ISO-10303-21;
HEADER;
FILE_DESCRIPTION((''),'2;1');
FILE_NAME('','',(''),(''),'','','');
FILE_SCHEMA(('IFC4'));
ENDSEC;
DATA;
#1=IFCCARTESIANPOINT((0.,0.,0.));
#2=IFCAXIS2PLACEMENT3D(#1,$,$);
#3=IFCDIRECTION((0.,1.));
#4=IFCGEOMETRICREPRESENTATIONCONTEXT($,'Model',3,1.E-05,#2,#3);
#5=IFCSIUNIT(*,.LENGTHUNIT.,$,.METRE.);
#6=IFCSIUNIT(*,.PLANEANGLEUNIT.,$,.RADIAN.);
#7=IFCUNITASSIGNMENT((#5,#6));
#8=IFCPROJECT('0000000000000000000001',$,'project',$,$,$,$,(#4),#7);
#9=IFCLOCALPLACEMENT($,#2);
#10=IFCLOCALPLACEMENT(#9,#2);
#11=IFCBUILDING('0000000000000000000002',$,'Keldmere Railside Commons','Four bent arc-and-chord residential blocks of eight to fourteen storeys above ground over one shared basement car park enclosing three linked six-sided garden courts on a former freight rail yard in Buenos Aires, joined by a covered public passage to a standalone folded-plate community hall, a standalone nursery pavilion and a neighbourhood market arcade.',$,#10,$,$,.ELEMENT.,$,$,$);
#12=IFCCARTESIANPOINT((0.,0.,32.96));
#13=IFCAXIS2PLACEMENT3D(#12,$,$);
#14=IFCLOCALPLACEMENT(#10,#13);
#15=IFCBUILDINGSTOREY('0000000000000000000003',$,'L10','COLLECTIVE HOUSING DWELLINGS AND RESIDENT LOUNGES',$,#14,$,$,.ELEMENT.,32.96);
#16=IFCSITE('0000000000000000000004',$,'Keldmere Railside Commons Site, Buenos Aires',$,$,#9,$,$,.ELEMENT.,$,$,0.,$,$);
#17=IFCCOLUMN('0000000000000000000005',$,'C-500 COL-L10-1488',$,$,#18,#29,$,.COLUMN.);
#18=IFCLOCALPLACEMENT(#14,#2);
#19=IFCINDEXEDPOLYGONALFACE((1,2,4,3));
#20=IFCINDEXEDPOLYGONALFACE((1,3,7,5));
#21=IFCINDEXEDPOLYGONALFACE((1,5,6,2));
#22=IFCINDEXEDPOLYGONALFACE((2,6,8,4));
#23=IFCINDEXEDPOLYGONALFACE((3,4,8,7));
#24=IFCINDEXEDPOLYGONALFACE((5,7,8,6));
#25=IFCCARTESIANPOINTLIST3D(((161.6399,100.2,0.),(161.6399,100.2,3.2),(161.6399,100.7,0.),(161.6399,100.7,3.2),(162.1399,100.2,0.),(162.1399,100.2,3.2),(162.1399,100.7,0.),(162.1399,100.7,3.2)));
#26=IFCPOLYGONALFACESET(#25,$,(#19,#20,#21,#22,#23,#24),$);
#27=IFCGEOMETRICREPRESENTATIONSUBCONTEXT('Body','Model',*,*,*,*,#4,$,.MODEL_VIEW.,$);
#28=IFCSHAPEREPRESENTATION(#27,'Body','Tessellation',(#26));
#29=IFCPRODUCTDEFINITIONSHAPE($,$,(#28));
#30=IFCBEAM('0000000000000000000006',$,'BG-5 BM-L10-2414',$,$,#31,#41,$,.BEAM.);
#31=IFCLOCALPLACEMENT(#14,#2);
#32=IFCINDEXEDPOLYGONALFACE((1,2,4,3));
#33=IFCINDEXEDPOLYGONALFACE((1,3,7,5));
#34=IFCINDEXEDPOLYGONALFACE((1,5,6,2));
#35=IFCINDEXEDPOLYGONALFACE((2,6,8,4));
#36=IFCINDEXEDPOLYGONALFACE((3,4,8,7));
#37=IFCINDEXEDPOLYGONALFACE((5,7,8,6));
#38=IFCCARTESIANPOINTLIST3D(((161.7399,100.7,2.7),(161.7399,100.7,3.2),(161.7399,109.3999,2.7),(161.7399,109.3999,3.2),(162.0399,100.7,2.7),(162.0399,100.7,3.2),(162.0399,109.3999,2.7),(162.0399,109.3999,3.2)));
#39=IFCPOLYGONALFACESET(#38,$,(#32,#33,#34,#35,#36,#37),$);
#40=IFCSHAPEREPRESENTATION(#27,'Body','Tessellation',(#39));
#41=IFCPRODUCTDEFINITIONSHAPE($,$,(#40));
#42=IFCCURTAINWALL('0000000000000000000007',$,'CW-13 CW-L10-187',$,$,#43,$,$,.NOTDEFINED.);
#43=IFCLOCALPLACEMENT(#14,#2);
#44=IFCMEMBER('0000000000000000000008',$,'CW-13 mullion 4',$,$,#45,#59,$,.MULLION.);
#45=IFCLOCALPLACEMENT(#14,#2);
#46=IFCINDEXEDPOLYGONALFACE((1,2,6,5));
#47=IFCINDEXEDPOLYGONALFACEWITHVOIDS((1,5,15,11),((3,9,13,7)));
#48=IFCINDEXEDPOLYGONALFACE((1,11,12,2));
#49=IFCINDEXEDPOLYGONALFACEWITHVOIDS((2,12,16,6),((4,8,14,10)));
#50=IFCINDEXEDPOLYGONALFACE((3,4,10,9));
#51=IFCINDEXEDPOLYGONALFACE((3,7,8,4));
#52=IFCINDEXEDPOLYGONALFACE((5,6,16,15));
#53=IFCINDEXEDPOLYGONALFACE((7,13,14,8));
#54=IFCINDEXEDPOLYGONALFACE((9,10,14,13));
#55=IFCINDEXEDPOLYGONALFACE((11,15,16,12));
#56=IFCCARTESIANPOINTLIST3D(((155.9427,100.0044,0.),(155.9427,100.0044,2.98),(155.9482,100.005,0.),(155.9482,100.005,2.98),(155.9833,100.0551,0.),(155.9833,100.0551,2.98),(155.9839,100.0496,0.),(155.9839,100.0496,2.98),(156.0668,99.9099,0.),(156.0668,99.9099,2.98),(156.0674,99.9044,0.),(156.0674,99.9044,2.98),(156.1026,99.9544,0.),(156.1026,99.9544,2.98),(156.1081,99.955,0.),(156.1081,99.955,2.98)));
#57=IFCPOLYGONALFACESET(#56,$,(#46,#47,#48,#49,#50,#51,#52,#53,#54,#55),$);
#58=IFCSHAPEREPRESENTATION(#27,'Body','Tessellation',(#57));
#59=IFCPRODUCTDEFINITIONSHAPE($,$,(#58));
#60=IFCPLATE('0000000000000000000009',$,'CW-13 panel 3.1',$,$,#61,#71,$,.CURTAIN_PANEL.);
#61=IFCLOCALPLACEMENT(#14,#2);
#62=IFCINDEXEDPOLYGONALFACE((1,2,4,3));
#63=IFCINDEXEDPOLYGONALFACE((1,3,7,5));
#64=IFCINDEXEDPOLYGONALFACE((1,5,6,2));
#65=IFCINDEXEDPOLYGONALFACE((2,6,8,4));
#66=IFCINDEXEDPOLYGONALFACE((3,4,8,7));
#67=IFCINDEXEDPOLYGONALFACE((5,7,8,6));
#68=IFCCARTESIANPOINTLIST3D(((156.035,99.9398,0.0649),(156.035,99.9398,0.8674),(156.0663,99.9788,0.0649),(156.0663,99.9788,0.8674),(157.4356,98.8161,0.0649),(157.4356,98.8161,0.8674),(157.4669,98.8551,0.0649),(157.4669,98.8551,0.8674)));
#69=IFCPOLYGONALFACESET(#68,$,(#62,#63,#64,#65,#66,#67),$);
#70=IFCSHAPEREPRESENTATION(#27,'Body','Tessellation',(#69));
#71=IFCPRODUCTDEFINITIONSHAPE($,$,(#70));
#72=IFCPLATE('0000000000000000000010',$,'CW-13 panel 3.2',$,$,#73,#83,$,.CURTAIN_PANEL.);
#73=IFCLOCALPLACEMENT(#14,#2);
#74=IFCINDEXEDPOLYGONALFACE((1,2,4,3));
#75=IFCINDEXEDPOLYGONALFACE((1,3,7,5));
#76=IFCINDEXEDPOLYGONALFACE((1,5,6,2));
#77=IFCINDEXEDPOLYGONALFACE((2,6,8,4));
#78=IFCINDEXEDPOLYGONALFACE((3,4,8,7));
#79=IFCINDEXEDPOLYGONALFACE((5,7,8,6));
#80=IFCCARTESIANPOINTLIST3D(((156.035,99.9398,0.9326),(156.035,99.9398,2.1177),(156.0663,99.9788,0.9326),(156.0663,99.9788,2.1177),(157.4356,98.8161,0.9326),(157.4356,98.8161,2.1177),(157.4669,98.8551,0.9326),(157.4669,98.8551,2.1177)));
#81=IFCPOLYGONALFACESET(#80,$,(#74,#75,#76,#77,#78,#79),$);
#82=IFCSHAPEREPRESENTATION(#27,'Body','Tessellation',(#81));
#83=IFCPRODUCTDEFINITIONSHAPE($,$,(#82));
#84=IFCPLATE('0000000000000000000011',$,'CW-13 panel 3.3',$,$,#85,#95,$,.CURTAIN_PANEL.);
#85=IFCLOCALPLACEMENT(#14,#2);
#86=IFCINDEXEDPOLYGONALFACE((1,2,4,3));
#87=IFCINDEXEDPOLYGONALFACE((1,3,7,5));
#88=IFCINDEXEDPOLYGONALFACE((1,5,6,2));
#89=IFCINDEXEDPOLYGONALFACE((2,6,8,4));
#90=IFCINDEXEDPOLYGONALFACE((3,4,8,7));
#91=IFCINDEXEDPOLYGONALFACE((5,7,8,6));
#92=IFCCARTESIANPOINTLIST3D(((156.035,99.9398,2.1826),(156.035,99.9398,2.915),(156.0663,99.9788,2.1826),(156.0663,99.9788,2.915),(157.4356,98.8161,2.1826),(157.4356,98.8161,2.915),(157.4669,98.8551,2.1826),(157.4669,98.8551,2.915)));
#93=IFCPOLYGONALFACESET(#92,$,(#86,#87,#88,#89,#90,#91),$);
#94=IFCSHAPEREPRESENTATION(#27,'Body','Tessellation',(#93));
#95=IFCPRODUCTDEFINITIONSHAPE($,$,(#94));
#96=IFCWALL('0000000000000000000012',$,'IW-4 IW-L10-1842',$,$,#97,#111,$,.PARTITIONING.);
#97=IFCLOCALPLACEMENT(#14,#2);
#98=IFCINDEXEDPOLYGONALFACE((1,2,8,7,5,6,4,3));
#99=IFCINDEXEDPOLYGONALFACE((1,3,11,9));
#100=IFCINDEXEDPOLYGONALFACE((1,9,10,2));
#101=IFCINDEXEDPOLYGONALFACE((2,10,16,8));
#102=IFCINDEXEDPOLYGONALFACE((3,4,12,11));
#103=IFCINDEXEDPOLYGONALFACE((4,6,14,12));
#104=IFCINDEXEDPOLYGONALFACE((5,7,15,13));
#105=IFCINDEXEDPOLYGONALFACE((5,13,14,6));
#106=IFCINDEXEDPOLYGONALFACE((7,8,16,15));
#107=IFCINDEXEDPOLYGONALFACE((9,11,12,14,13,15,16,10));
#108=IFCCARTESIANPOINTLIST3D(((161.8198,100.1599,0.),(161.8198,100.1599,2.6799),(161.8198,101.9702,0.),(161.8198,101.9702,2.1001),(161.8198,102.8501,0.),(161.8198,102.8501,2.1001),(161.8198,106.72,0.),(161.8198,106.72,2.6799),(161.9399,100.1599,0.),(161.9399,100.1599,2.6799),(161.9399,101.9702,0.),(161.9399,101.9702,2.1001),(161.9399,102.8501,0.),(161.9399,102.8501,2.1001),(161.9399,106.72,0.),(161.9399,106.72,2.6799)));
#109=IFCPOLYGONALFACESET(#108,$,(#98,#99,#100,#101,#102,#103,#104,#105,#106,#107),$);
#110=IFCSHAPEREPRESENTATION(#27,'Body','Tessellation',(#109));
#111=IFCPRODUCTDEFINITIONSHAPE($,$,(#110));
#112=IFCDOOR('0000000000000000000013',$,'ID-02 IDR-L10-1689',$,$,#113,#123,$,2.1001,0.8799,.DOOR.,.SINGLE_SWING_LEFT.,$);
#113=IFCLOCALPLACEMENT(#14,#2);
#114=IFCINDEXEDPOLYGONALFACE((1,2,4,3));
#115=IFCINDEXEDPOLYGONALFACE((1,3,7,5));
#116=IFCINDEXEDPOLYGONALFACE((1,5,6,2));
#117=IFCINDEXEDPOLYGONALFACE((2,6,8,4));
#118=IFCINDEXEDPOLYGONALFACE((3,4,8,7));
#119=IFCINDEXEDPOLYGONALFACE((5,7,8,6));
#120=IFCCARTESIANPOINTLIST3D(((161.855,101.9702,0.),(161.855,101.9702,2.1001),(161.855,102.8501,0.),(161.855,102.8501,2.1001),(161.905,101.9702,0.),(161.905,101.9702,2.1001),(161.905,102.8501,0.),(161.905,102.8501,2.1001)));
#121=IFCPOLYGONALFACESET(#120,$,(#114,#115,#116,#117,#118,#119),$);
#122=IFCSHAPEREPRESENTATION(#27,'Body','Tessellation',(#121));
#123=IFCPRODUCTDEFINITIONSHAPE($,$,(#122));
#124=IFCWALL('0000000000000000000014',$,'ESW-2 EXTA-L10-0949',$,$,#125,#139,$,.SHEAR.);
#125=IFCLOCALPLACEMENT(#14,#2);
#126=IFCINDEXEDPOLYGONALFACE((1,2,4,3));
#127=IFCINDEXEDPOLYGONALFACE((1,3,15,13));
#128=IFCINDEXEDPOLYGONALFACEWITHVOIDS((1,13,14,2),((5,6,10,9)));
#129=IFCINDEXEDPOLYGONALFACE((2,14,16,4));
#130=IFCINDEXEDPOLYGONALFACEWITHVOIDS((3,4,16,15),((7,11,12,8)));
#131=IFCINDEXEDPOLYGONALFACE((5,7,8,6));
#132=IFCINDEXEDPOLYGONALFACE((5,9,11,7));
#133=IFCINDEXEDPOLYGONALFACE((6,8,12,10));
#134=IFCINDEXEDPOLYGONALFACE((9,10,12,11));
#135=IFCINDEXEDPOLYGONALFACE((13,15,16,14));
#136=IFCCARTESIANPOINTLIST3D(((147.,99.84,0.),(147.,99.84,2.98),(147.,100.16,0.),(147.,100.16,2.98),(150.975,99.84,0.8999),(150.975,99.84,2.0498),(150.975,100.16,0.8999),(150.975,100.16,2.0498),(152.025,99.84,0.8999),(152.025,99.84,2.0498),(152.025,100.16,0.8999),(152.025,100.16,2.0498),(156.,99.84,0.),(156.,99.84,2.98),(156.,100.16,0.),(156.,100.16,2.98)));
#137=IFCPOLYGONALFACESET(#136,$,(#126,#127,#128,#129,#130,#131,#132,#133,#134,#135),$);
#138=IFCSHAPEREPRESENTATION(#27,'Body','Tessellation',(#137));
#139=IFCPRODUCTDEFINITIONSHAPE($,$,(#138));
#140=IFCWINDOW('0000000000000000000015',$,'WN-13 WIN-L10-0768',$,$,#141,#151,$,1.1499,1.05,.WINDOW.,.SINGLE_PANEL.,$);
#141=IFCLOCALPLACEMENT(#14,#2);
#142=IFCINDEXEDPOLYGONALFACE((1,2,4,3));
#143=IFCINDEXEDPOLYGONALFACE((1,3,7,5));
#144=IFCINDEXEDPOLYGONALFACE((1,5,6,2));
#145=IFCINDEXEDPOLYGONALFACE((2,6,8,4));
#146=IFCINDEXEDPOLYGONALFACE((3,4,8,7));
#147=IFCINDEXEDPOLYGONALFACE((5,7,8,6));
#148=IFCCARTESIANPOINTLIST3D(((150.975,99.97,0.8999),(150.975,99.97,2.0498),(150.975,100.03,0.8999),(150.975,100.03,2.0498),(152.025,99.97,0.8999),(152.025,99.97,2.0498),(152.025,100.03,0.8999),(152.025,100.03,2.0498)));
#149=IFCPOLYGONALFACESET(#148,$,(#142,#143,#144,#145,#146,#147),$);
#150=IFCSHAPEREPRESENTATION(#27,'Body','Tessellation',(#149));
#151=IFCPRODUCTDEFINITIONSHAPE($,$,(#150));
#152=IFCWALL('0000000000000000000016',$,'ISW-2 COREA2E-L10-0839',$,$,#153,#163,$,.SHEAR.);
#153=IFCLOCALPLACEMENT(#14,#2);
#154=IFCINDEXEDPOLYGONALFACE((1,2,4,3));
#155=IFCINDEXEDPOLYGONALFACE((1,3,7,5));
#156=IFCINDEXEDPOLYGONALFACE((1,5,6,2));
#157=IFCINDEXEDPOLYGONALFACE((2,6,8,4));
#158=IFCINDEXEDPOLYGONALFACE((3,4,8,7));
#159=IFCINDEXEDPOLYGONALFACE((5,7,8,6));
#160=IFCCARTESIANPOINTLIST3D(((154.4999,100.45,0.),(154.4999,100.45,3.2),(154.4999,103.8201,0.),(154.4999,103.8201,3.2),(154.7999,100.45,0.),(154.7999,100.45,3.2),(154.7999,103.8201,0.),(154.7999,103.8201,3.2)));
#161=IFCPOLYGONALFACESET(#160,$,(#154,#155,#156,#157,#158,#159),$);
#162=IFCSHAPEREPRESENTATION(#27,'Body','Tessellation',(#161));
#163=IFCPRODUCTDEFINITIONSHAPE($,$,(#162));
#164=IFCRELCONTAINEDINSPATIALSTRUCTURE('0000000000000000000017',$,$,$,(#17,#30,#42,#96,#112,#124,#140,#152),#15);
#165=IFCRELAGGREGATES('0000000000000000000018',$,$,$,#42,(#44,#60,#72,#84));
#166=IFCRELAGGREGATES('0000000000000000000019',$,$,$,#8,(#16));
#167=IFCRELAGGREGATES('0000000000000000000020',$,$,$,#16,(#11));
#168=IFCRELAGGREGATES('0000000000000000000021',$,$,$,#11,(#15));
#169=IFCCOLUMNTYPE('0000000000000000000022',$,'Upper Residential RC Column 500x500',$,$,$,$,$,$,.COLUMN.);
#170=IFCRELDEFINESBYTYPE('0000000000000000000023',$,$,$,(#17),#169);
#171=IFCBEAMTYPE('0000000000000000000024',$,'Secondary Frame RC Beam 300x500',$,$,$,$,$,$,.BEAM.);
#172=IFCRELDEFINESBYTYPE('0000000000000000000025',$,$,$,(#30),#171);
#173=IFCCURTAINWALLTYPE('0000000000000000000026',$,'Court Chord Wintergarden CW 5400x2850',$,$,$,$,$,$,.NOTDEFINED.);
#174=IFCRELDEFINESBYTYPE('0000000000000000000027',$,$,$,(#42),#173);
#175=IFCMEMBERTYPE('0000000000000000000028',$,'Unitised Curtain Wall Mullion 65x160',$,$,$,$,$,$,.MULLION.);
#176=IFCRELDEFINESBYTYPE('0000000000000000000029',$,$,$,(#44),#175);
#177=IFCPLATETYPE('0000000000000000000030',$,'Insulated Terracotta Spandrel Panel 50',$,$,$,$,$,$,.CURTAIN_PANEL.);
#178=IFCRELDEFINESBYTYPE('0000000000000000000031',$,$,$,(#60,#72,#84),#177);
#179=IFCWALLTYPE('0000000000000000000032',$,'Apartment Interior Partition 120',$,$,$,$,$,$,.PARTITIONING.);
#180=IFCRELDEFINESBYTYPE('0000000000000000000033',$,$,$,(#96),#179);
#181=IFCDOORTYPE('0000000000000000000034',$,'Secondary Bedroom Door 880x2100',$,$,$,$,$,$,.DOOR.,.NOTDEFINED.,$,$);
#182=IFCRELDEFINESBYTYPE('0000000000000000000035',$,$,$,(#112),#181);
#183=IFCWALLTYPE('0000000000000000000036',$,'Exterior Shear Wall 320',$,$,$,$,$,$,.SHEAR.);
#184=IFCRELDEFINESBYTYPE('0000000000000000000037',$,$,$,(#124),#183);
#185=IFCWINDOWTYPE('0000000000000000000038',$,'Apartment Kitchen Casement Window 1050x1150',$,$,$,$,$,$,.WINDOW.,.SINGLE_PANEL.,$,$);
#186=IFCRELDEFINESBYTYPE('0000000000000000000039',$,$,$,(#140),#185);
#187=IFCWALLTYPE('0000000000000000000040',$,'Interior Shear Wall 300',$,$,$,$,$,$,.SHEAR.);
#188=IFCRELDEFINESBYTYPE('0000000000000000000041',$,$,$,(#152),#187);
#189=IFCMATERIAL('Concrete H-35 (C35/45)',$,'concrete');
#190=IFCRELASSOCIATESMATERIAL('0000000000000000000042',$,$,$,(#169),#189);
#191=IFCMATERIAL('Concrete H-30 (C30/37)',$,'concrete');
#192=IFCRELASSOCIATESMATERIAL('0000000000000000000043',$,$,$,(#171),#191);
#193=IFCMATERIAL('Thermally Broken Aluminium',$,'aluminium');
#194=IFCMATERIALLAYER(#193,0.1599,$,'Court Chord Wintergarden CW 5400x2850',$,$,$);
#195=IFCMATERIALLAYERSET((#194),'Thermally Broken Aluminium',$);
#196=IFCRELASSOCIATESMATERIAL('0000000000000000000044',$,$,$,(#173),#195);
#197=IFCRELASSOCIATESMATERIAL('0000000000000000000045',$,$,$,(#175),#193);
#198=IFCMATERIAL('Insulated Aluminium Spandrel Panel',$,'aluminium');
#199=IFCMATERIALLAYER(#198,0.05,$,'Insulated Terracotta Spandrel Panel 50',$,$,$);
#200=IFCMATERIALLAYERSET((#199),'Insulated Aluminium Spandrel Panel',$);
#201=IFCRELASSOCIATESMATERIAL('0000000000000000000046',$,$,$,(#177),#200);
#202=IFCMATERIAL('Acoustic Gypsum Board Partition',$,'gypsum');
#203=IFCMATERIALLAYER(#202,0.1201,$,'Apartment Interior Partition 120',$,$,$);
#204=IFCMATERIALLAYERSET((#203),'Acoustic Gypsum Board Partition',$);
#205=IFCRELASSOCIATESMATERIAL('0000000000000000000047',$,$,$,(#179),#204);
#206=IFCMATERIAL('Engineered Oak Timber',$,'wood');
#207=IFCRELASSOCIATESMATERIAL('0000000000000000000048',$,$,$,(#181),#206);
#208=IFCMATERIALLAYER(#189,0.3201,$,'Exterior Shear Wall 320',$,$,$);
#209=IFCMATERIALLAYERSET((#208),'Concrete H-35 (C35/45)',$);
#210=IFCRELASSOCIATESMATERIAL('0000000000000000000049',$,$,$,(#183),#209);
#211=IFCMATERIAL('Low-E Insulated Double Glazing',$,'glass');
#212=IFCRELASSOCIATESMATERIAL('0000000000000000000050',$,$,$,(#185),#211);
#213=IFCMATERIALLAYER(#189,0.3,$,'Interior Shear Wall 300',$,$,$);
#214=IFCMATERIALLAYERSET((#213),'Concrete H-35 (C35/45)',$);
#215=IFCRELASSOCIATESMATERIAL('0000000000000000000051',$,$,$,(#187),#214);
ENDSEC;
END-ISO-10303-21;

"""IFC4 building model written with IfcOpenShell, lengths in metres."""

from ifc_helpers import new_model, si_unit, direction, frame, frame_2d, origin, origin_2d, place, context, subcontext, project, spatial, rectangle, hollow_rectangle, extrude, material, layer, layer_set, material_profile, profile_set, type_object, element, fill, aggregate, save


model = new_model("IFC4")

# Units and contexts
model_context = context("Model", 3, precision=1e-05, world=origin(), true_north=direction((0.0, 1.0)))
body_context = subcontext(model_context, "Body", "Model", "MODEL_VIEW")
ifc_project = project(units=[si_unit("LENGTHUNIT", "METRE"), si_unit("PLANEANGLEUNIT", "RADIAN")], contexts=[model_context])

# Site, building, storey
site_placement = place(None, origin())
site = spatial("IfcSite", under=ifc_project, at=site_placement, Name="Keldmere Railside Commons Site, Buenos Aires", CompositionType="ELEMENT", RefElevation=0.0)
building_placement = place(site_placement, origin())
building = spatial("IfcBuilding", under=site, at=building_placement, Name="Keldmere Railside Commons", Description="Four bent arc-and-chord residential blocks of eight to fourteen storeys above ground over one shared basement car park enclosing three linked six-sided garden courts on a former freight rail yard in Buenos Aires, joined by a covered public passage to a standalone folded-plate community hall, a standalone nursery pavilion and a neighbourhood market arcade.", CompositionType="ELEMENT")
storey_placement = place(building_placement, frame((0.0, 0.0, 32.96)))
storey = spatial("IfcBuildingStorey", under=building, at=storey_placement, Name="L10", Description="COLLECTIVE HOUSING DWELLINGS AND RESIDENT LOUNGES", CompositionType="ELEMENT", Elevation=32.96)

# Column
ifc_material_1 = material(Name="Concrete H-35 (C35/45)", Category="concrete")
ifc_material_profile_1 = material_profile(ifc_material_1, rectangle(XDim=0.5, YDim=0.5, at=origin_2d()), Name="RC-500x500")
ifc_profile_set_1 = profile_set([ifc_material_profile_1], Name="Concrete H-35 (C35/45)")
column_type = type_object("IfcColumnType", Name="Upper Residential RC Column 500x500", PredefinedType="COLUMN", material=ifc_profile_set_1)
column_placement = place(storey_placement, frame((161.8899, 100.45, 0.0), z_axis=(0.0, 0.0, 1.0), x_axis=(1.0, 0.0, 0.0)))
element("IfcColumn", 1, at=column_placement, inside=storey, type_object=column_type, Name="C-500 COL-L10-1488", PredefinedType="COLUMN", context=body_context, shape_type="SweptSolid", body=[
    extrude(rectangle(XDim=0.5, YDim=0.5, at=origin_2d()), origin(), (0.0, 0.0, 1.0), 3.2),
])

# Beam
ifc_material_2 = material(Name="Concrete H-30 (C30/37)", Category="concrete")
ifc_material_profile_2 = material_profile(ifc_material_2, rectangle(XDim=0.3, YDim=0.5, at=origin_2d()), Name="RC-300x500")
ifc_profile_set_2 = profile_set([ifc_material_profile_2], Name="Concrete H-30 (C30/37)")
beam_type = type_object("IfcBeamType", Name="Secondary Frame RC Beam 300x500", PredefinedType="BEAM", material=ifc_profile_set_2)
beam_placement = place(storey_placement, frame((161.8899, 100.7, 2.95), z_axis=(0.0, 1.0, 0.0), x_axis=(-1.0, 0.0, 0.0)))
element("IfcBeam", 2, at=beam_placement, inside=storey, type_object=beam_type, Name="BG-5 BM-L10-2414", PredefinedType="BEAM", context=body_context, shape_type="SweptSolid", body=[
    extrude(rectangle(XDim=0.3, YDim=0.5, at=origin_2d()), origin(), (0.0, 0.0, 1.0), 8.7),
])

# Curtain wall, member, plates
ifc_material_3 = material(Name="Thermally Broken Aluminium", Category="aluminium")
ifc_layer_1 = layer(ifc_material_3, 0.1599, Name="Court Chord Wintergarden CW 5400x2850")
ifc_layer_set_1 = layer_set([ifc_layer_1], Name="Thermally Broken Aluminium")
curtain_wall_type = type_object("IfcCurtainWallType", Name="Court Chord Wintergarden CW 5400x2850", PredefinedType="NOTDEFINED", material=ifc_layer_set_1)
curtain_wall_placement = place(storey_placement, origin())
curtain_wall = element("IfcCurtainWall", 3, at=curtain_wall_placement, inside=storey, type_object=curtain_wall_type, Name="CW-13 CW-L10-187", PredefinedType="NOTDEFINED")
ifc_material_profile_3 = material_profile(ifc_material_3, hollow_rectangle(XDim=0.0649, YDim=0.1599, WallThickness=0.0039, at=origin_2d()), Name="ALU-MULL-65x160")
ifc_profile_set_3 = profile_set([ifc_material_profile_3], Name="Thermally Broken Aluminium")
member_type = type_object("IfcMemberType", Name="Unitised Curtain Wall Mullion 65x160", PredefinedType="MULLION", material=ifc_profile_set_3)
member_placement = place(storey_placement, frame((156.0254, 99.9797, 0.0), z_axis=(0.0, 0.0, 1.0), x_axis=(-0.625768, -0.780009, 0.0)))
member = element("IfcMember", 4, at=member_placement, type_object=member_type, Name="CW-13 mullion 4", PredefinedType="MULLION", context=body_context, shape_type="SweptSolid", body=[
    extrude(hollow_rectangle(XDim=0.0649, YDim=0.1599, WallThickness=0.0039, at=origin_2d()), origin(), (0.0, 0.0, 1.0), 2.98),
])
ifc_material_4 = material(Name="Insulated Aluminium Spandrel Panel", Category="aluminium")
ifc_layer_2 = layer(ifc_material_4, 0.05, Name="Insulated Terracotta Spandrel Panel 50")
ifc_layer_set_2 = layer_set([ifc_layer_2], Name="Insulated Aluminium Spandrel Panel")
plate_type = type_object("IfcPlateType", Name="Insulated Terracotta Spandrel Panel 50", PredefinedType="CURTAIN_PANEL", material=ifc_layer_set_2)
plate_1_placement = place(storey_placement, frame((156.751, 99.3975, 0.0649), z_axis=(0.0, 0.0, 1.0), x_axis=(-0.780009, 0.625768, 0.0)))
plate_1 = element("IfcPlate", 5, at=plate_1_placement, type_object=plate_type, Name="CW-13 panel 3.1", PredefinedType="CURTAIN_PANEL", context=body_context, shape_type="SweptSolid", body=[
    extrude(rectangle(XDim=1.7957, YDim=0.05, at=origin_2d()), origin(), (0.0, 0.0, 1.0), 0.8025),
])
plate_2_placement = place(storey_placement, frame((156.751, 99.3975, 0.9326), z_axis=(0.0, 0.0, 1.0), x_axis=(-0.780009, 0.625768, 0.0)))
plate_2 = element("IfcPlate", 6, at=plate_2_placement, type_object=plate_type, Name="CW-13 panel 3.2", PredefinedType="CURTAIN_PANEL", context=body_context, shape_type="SweptSolid", body=[
    extrude(rectangle(XDim=1.7957, YDim=0.05, at=origin_2d()), origin(), (0.0, 0.0, 1.0), 1.1851),
])
plate_3_placement = place(storey_placement, frame((156.751, 99.3975, 2.1826), z_axis=(0.0, 0.0, 1.0), x_axis=(-0.780009, 0.625768, 0.0)))
plate_3 = element("IfcPlate", 7, at=plate_3_placement, type_object=plate_type, Name="CW-13 panel 3.3", PredefinedType="CURTAIN_PANEL", context=body_context, shape_type="SweptSolid", body=[
    extrude(rectangle(XDim=1.7957, YDim=0.05, at=origin_2d()), origin(), (0.0, 0.0, 1.0), 0.7324),
])
aggregate(curtain_wall, [member, plate_1, plate_2, plate_3])

# Wall, opening, door
ifc_material_5 = material(Name="Acoustic Gypsum Board Partition", Category="gypsum")
ifc_layer_3 = layer(ifc_material_5, 0.1201, Name="Apartment Interior Partition 120")
ifc_layer_set_3 = layer_set([ifc_layer_3], Name="Acoustic Gypsum Board Partition")
wall_type_1 = type_object("IfcWallType", Name="Apartment Interior Partition 120", PredefinedType="PARTITIONING", material=ifc_layer_set_3)
wall_1_placement = place(storey_placement, frame((161.8799, 100.1599, 0.0), z_axis=(0.0, 0.0, 1.0), x_axis=(0.0, 1.0, 0.0)))
wall_1 = element("IfcWall", 8, at=wall_1_placement, inside=storey, type_object=wall_type_1, Name="IW-4 IW-L10-1842", PredefinedType="PARTITIONING", context=body_context, shape_type="SweptSolid", body=[
    extrude(rectangle(XDim=6.5601, YDim=0.1201, at=frame_2d((3.28, 0.0))), origin(), (0.0, 0.0, 1.0), 2.6799),
])
opening_1_placement = place(wall_1_placement, frame((1.8103, 0.0, 0.0)))
opening_1 = element("IfcOpeningElement", 9, at=opening_1_placement, cuts=wall_1, PredefinedType="OPENING", context=body_context, shape_type="SweptSolid", body=[
    extrude(rectangle(XDim=0.8799, YDim=2.1001, at=frame_2d((0.4399, 1.05))), frame((0.0, 0.0701, 0.0), z_axis=(0.0, -1.0, 0.0), x_axis=(1.0, 0.0, 0.0)), (0.0, 0.0, 1.0), 0.1401),
])
ifc_material_6 = material(Name="Engineered Oak Timber", Category="wood")
door_type = type_object("IfcDoorType", Name="Secondary Bedroom Door 880x2100", OperationType="NOTDEFINED", PredefinedType="DOOR", material=ifc_material_6)
door_placement = place(opening_1_placement, origin())
door = element("IfcDoor", 10, at=door_placement, inside=storey, type_object=door_type, Name="ID-02 IDR-L10-1689", OperationType="SINGLE_SWING_LEFT", OverallHeight=2.1001, OverallWidth=0.8799, PredefinedType="DOOR", context=body_context, shape_type="SweptSolid", body=[
    extrude(rectangle(XDim=0.8799, YDim=2.1001, at=frame_2d((0.4399, 1.05))), frame((0.0, 0.0249, 0.0), z_axis=(0.0, -1.0, 0.0), x_axis=(1.0, 0.0, 0.0)), (0.0, 0.0, 1.0), 0.05),
])
fill(opening_1, door)

# Wall, opening, window
ifc_layer_4 = layer(ifc_material_1, 0.3201, Name="Exterior Shear Wall 320")
ifc_layer_set_4 = layer_set([ifc_layer_4], Name="Concrete H-35 (C35/45)")
wall_type_2 = type_object("IfcWallType", Name="Exterior Shear Wall 320", PredefinedType="SHEAR", material=ifc_layer_set_4)
wall_2_placement = place(storey_placement, frame((156.0, 100.0, 0.0), z_axis=(0.0, 0.0, 1.0), x_axis=(-1.0, 0.0, 0.0)))
wall_2 = element("IfcWall", 11, at=wall_2_placement, inside=storey, type_object=wall_type_2, Name="ESW-2 EXTA-L10-0949", PredefinedType="SHEAR", context=body_context, shape_type="SweptSolid", body=[
    extrude(rectangle(XDim=9.0, YDim=0.3201, at=frame_2d((4.5, 0.0))), origin(), (0.0, 0.0, 1.0), 2.98),
])
opening_2_placement = place(wall_2_placement, frame((3.9751, 0.0, 0.8999)))
opening_2 = element("IfcOpeningElement", 12, at=opening_2_placement, cuts=wall_2, PredefinedType="OPENING", context=body_context, shape_type="SweptSolid", body=[
    extrude(rectangle(XDim=1.05, YDim=1.1499, at=frame_2d((0.5249, 0.575))), frame((0.0, 0.1699, 0.0), z_axis=(0.0, -1.0, 0.0), x_axis=(1.0, 0.0, 0.0)), (0.0, 0.0, 1.0), 0.3401),
])
ifc_material_7 = material(Name="Low-E Insulated Double Glazing", Category="glass")
window_type = type_object("IfcWindowType", Name="Apartment Kitchen Casement Window 1050x1150", PartitioningType="SINGLE_PANEL", PredefinedType="WINDOW", material=ifc_material_7)
window_placement = place(opening_2_placement, origin())
window = element("IfcWindow", 13, at=window_placement, inside=storey, type_object=window_type, Name="WN-13 WIN-L10-0768", OverallHeight=1.1499, OverallWidth=1.05, PartitioningType="SINGLE_PANEL", PredefinedType="WINDOW", context=body_context, shape_type="SweptSolid", body=[
    extrude(rectangle(XDim=1.05, YDim=1.1499, at=frame_2d((0.5249, 0.575))), frame((0.0, 0.03, 0.0), z_axis=(0.0, -1.0, 0.0), x_axis=(1.0, 0.0, 0.0)), (0.0, 0.0, 1.0), 0.0601),
])
fill(opening_2, window)

# Wall
ifc_layer_5 = layer(ifc_material_1, 0.3, Name="Interior Shear Wall 300")
ifc_layer_set_5 = layer_set([ifc_layer_5], Name="Concrete H-35 (C35/45)")
wall_type_3 = type_object("IfcWallType", Name="Interior Shear Wall 300", PredefinedType="SHEAR", material=ifc_layer_set_5)
wall_3_placement = place(storey_placement, frame((154.6499, 100.45, 0.0), z_axis=(0.0, 0.0, 1.0), x_axis=(0.0, 1.0, 0.0)))
element("IfcWall", 14, at=wall_3_placement, inside=storey, type_object=wall_type_3, Name="ISW-2 COREA2E-L10-0839", PredefinedType="SHEAR", context=body_context, shape_type="SweptSolid", body=[
    extrude(rectangle(XDim=3.3701, YDim=0.3, at=frame_2d((1.6851, 0.0))), origin(), (0.0, 0.0, 1.0), 3.2),
])

save(model, "model.ifc")
